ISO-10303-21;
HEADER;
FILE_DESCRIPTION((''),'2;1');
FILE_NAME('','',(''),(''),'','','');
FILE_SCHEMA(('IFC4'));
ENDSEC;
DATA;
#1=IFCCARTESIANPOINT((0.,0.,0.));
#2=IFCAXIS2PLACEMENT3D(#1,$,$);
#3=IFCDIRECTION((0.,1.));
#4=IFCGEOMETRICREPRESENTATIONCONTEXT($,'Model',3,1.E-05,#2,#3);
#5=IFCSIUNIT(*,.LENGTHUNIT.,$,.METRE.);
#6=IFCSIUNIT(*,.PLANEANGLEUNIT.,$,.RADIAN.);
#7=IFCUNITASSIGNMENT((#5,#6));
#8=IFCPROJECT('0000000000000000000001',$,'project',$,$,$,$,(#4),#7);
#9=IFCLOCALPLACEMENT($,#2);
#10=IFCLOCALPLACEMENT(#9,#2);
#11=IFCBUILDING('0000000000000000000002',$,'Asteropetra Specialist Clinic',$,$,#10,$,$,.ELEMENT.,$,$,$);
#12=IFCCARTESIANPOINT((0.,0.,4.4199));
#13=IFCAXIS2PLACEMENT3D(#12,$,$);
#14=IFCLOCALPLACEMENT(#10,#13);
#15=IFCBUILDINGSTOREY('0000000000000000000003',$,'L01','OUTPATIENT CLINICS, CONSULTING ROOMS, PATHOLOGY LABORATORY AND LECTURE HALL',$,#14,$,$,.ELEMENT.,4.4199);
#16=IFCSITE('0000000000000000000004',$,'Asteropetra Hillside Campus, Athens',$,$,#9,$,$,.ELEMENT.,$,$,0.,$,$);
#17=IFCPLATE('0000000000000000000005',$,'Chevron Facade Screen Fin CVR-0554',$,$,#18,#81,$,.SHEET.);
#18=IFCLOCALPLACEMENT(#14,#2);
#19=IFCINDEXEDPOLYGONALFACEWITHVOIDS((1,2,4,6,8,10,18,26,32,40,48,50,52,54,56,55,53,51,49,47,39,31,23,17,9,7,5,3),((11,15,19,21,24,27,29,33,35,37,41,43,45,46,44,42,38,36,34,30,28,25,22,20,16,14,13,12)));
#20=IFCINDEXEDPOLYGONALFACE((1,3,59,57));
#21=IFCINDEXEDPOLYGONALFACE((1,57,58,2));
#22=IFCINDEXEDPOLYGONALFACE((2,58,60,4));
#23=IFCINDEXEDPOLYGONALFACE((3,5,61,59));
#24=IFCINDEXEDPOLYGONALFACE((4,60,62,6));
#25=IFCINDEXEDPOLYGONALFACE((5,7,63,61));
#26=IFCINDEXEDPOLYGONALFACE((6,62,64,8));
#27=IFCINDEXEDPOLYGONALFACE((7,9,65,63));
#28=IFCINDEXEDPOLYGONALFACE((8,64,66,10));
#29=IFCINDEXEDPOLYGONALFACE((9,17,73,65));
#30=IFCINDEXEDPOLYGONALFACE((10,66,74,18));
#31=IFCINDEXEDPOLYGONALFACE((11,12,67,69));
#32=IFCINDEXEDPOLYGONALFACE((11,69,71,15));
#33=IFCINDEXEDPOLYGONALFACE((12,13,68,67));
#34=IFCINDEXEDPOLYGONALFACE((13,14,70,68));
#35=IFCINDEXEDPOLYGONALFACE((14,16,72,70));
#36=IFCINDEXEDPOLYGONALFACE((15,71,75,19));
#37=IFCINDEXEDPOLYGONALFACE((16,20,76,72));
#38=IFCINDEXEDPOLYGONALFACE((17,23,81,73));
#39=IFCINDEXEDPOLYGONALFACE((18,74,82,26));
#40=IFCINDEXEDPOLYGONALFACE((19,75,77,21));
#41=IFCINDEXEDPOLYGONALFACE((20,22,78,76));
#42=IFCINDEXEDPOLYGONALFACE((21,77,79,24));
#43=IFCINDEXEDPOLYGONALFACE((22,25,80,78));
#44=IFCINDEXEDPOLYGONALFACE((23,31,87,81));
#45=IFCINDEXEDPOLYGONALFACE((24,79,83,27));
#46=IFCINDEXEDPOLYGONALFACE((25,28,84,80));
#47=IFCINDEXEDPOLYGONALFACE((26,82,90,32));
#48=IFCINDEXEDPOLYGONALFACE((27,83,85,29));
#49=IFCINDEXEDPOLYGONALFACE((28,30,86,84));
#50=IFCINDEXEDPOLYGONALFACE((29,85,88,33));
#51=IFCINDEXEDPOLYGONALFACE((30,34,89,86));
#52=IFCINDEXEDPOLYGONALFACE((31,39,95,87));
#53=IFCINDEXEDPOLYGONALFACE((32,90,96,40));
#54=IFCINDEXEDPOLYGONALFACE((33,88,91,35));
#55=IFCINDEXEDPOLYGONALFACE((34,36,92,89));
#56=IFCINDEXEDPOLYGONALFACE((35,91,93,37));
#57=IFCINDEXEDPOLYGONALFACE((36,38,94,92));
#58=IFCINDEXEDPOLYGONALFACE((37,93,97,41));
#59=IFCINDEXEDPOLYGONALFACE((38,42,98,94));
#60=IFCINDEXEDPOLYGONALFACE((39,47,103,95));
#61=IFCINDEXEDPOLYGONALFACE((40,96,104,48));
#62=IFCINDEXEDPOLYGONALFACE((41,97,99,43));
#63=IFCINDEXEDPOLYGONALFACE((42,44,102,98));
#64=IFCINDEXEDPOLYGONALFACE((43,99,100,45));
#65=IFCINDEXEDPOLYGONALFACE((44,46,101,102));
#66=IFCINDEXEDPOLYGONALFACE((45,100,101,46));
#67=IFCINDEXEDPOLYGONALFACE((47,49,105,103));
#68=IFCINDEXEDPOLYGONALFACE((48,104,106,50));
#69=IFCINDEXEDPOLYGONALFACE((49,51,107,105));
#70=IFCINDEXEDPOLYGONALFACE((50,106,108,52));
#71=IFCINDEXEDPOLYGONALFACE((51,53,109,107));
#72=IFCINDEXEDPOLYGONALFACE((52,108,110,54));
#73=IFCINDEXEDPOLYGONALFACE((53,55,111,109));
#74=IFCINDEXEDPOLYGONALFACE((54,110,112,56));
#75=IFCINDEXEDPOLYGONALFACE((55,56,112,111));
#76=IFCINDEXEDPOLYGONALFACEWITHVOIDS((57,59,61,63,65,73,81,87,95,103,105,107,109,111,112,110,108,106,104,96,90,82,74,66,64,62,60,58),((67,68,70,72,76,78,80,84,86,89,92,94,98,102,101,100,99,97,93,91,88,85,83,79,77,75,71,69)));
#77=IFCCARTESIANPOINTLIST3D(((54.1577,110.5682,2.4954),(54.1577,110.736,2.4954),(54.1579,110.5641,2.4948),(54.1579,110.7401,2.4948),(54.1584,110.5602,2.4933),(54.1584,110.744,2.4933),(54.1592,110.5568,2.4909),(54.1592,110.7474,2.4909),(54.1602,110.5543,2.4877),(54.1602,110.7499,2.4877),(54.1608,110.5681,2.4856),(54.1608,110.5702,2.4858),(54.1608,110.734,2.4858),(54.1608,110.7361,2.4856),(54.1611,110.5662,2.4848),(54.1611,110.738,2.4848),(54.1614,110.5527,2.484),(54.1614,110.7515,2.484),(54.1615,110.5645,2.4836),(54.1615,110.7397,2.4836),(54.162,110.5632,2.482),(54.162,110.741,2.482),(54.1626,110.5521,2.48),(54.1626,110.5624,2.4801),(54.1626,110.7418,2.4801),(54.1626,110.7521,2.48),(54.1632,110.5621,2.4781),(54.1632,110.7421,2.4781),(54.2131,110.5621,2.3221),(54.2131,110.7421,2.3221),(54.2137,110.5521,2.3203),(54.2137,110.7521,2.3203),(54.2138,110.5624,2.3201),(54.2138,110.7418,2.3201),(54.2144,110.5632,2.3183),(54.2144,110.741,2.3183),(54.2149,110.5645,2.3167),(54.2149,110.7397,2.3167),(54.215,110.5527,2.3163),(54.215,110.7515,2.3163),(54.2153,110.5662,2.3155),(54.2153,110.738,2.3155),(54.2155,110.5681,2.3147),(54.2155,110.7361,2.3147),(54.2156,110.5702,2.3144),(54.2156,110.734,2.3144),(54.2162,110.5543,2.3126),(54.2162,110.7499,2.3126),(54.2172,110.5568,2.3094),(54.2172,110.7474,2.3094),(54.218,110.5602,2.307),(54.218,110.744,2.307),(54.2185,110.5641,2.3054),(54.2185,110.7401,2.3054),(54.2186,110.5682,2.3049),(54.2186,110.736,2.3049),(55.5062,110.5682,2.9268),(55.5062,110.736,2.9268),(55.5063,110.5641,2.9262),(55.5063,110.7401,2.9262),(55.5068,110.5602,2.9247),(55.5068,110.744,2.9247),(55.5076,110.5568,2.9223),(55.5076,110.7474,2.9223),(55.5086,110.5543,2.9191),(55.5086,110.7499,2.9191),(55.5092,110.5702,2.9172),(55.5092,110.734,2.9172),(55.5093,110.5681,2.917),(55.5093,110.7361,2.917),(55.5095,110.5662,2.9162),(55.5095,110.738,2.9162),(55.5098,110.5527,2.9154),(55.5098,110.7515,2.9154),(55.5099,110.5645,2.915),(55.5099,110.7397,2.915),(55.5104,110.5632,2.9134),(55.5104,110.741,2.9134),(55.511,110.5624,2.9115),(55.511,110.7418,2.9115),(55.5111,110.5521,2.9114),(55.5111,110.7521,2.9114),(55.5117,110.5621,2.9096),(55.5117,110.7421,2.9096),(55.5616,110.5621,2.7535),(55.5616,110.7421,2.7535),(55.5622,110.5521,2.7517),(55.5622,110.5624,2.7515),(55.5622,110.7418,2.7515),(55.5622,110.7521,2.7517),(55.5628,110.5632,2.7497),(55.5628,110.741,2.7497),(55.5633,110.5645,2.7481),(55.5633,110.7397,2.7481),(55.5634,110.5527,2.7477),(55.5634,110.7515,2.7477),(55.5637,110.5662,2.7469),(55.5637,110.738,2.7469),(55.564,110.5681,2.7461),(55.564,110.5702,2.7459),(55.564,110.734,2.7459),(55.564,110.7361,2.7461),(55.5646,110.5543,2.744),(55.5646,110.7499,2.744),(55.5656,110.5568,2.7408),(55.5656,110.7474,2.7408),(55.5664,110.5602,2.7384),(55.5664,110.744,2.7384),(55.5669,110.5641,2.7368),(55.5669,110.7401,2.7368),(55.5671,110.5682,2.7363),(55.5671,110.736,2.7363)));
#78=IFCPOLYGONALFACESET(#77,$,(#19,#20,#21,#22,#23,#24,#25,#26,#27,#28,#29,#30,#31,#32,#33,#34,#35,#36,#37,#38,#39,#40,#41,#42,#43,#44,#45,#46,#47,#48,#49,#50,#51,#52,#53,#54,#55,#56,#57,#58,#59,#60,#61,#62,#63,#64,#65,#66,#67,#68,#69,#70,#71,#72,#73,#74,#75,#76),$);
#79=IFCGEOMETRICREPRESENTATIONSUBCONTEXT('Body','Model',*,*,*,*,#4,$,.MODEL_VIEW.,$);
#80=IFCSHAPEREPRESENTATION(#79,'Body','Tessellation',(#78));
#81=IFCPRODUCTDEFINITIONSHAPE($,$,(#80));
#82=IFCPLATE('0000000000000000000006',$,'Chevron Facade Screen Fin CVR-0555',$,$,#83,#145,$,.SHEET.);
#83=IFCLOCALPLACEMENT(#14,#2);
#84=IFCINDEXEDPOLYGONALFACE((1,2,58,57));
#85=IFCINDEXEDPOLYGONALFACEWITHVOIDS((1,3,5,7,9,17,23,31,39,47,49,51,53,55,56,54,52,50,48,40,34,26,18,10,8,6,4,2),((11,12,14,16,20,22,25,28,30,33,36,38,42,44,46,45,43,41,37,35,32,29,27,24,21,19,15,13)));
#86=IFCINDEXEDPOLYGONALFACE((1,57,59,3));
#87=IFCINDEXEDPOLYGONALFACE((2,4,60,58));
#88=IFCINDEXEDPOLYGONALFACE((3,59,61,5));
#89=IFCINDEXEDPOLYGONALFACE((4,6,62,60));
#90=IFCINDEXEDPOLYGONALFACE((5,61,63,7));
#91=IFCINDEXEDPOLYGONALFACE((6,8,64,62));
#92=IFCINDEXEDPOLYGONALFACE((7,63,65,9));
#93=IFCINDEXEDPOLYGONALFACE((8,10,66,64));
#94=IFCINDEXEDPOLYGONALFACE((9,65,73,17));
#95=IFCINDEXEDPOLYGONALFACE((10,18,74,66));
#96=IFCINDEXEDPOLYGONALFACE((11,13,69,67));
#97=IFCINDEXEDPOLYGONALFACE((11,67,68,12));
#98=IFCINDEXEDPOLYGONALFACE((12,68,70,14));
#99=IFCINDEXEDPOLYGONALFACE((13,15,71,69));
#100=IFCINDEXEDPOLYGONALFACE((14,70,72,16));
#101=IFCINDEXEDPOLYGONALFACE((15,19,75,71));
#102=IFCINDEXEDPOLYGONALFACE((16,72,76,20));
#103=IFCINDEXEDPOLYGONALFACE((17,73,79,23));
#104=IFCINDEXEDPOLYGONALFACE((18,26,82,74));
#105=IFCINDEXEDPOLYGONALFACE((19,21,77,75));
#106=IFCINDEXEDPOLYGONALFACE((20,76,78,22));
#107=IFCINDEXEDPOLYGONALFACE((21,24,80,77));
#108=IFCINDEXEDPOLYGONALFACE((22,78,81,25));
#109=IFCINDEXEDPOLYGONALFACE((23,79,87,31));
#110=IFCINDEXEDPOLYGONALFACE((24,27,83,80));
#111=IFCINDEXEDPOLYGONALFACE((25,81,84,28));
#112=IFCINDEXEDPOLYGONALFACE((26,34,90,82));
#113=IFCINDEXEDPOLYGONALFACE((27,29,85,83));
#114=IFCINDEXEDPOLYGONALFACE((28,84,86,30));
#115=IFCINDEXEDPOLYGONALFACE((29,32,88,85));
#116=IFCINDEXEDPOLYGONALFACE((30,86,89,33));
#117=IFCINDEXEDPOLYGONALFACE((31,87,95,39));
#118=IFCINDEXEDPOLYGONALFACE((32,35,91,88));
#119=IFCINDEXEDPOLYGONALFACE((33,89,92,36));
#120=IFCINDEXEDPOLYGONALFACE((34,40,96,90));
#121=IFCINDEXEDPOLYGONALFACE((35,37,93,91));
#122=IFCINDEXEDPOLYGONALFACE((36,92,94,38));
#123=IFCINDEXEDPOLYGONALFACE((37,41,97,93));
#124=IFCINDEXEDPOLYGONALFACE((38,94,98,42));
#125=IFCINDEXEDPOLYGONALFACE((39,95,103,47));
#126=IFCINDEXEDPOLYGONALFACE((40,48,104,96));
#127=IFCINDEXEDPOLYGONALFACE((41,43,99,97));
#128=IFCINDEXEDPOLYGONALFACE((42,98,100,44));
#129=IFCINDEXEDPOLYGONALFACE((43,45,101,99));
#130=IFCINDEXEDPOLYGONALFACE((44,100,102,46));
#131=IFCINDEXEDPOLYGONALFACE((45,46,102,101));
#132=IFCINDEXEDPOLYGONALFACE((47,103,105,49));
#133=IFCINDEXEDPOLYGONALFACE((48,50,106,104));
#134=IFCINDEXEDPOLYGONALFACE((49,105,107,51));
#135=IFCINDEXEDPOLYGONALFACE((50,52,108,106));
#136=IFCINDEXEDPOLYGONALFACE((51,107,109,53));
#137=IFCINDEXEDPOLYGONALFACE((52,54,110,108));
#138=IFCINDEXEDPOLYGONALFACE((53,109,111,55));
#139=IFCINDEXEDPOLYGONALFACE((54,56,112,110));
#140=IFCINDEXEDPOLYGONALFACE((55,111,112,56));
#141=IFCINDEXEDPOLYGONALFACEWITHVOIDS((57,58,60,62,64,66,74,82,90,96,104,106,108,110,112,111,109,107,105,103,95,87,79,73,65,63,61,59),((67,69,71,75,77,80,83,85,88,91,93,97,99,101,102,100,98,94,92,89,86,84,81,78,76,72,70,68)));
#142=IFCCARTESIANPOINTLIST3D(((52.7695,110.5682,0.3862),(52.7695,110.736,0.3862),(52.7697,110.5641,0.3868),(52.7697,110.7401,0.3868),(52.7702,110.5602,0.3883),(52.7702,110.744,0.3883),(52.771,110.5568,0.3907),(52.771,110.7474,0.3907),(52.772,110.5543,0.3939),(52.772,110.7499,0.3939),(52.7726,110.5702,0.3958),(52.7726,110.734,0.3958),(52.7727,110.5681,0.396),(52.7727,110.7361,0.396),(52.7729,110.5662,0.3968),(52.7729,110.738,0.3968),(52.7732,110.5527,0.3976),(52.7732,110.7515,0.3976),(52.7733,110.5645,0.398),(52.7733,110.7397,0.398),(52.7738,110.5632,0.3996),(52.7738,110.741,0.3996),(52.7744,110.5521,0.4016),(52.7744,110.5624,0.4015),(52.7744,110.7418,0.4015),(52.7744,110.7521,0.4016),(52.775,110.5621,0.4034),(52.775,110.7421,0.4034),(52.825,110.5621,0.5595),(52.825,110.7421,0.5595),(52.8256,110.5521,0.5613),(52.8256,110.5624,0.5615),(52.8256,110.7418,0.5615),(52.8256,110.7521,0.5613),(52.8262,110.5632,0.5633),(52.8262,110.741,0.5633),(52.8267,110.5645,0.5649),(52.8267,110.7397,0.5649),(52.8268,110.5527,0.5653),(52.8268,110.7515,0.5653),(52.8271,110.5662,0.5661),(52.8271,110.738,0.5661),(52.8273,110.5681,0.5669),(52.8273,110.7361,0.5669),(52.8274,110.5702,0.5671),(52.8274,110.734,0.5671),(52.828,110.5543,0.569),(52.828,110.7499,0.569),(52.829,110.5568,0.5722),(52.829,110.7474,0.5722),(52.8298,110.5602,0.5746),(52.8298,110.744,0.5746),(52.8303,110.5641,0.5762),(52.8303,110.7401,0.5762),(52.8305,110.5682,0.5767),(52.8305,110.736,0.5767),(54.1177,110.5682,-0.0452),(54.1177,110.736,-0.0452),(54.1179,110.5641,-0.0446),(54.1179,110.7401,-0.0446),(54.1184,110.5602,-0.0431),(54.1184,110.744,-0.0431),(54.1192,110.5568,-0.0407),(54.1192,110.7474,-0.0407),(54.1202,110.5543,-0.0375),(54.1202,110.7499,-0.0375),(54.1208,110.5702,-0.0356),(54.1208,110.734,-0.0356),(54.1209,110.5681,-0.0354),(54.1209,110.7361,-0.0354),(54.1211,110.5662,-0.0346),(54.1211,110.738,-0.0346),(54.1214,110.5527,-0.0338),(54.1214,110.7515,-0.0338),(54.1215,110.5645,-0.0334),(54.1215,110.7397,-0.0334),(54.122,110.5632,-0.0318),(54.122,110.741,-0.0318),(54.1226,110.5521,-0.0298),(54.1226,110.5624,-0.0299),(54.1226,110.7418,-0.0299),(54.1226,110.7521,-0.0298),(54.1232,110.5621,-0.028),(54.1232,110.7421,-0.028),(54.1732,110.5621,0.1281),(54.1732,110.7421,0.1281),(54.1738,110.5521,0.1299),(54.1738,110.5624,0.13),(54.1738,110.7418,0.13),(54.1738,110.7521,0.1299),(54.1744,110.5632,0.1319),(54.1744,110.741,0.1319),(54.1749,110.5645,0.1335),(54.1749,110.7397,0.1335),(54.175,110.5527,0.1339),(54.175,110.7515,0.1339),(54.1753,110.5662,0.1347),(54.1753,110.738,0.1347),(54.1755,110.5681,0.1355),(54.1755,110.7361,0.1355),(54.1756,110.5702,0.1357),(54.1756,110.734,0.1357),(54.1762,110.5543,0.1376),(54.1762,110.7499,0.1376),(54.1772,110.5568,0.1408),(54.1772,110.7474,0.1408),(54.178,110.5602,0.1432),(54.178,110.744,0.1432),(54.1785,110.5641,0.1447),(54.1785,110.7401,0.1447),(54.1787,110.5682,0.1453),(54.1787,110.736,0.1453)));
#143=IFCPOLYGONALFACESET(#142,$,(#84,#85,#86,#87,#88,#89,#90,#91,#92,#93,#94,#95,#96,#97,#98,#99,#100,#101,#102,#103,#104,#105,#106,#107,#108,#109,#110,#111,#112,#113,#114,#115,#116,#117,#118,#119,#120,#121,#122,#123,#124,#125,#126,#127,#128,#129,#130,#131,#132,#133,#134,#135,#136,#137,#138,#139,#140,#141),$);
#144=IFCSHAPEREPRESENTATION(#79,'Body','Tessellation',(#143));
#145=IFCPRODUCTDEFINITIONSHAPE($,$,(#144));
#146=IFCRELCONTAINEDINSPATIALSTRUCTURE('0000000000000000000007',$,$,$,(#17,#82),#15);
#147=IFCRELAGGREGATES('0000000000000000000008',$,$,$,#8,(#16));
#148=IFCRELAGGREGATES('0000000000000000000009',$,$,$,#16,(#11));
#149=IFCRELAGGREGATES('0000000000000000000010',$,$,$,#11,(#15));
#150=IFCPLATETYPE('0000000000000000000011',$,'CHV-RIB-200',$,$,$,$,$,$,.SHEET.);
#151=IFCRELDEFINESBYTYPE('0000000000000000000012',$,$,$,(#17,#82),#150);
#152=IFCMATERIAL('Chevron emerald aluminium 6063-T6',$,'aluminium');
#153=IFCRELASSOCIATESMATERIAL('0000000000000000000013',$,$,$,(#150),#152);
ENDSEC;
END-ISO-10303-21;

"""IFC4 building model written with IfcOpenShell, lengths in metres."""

from ifc_helpers import new_model, si_unit, direction, frame, origin, origin_2d, place, context, subcontext, project, spatial, hollow_rectangle, extrude, material, material_profile, profile_set, type_object, element, save


model = new_model("IFC4")

# Units and contexts
model_context = context("Model", 3, precision=1e-05, world=origin(), true_north=direction((0.0, 1.0)))
body_context = subcontext(model_context, "Body", "Model", "MODEL_VIEW")
ifc_project = project(units=[si_unit("LENGTHUNIT", "METRE"), si_unit("PLANEANGLEUNIT", "RADIAN")], contexts=[model_context])

# Site, building, storey
site_placement = place(None, origin())
site = spatial("IfcSite", under=ifc_project, at=site_placement, Name="Asteropetra Hillside Campus, Athens", CompositionType="ELEMENT", RefElevation=0.0)
building_placement = place(site_placement, origin())
building = spatial("IfcBuilding", under=site, at=building_placement, Name="Asteropetra Specialist Clinic", CompositionType="ELEMENT")
storey_placement = place(building_placement, frame((0.0, 0.0, 4.4199)))
storey = spatial("IfcBuildingStorey", under=building, at=storey_placement, Name="L01", Description="OUTPATIENT CLINICS, CONSULTING ROOMS, PATHOLOGY LABORATORY AND LECTURE HALL", CompositionType="ELEMENT", Elevation=4.4199)

# Plates
ifc_material_1 = material(Name="Chevron emerald aluminium 6063-T6", Category="aluminium")
ifc_material_profile = material_profile(ifc_material_1, hollow_rectangle(XDim=0.2, YDim=0.2, WallThickness=0.01, InnerFilletRadius=0.0081, OuterFilletRadius=0.0161, at=origin_2d()), Name="SHS 200x200x10.0")
ifc_profile_set = profile_set([ifc_material_profile], Name="Chevron emerald aluminium 6063-T6")
plate_type_1 = type_object("IfcPlateType", Name="CHV-RIB-200", PredefinedType="SHEET", material=ifc_profile_set)
for number, where, z_axis, x_axis, name in (
    (1, (55.5366, 110.6521, 2.8315), (-0.952442, 0.0, -0.304719), (0.0, -1.0, 0.0), "Chevron Facade Screen Fin CVR-0554"),
):
    element("IfcPlate", number, at=place(storey_placement, frame(where, z_axis=z_axis, x_axis=x_axis)), inside=storey, type_object=plate_type_1, Name=name, PredefinedType="SHEET", context=body_context, shape_type="SweptSolid", body=[
        extrude(hollow_rectangle(XDim=0.2, YDim=0.2, WallThickness=0.01, InnerFilletRadius=0.0081, OuterFilletRadius=0.0161, at=origin_2d()), origin(), (0.0, 0.0, 1.0), 1.4158),
    ])
for number, where, z_axis, x_axis, name in (
    (2, (54.1482, 110.6521, 0.05), (-0.952426, 0.0, 0.304769), (0.0, -1.0, 0.0), "Chevron Facade Screen Fin CVR-0555"),
):
    element("IfcPlate", number, at=place(storey_placement, frame(where, z_axis=z_axis, x_axis=x_axis)), inside=storey, type_object=plate_type_1, Name=name, PredefinedType="SHEET", context=body_context, shape_type="SweptSolid", body=[
        extrude(hollow_rectangle(XDim=0.2, YDim=0.2, WallThickness=0.01, InnerFilletRadius=0.0081, OuterFilletRadius=0.0161, at=origin_2d()), origin(), (0.0, 0.0, 1.0), 1.4155),
    ])

save(model, "model.ifc")
